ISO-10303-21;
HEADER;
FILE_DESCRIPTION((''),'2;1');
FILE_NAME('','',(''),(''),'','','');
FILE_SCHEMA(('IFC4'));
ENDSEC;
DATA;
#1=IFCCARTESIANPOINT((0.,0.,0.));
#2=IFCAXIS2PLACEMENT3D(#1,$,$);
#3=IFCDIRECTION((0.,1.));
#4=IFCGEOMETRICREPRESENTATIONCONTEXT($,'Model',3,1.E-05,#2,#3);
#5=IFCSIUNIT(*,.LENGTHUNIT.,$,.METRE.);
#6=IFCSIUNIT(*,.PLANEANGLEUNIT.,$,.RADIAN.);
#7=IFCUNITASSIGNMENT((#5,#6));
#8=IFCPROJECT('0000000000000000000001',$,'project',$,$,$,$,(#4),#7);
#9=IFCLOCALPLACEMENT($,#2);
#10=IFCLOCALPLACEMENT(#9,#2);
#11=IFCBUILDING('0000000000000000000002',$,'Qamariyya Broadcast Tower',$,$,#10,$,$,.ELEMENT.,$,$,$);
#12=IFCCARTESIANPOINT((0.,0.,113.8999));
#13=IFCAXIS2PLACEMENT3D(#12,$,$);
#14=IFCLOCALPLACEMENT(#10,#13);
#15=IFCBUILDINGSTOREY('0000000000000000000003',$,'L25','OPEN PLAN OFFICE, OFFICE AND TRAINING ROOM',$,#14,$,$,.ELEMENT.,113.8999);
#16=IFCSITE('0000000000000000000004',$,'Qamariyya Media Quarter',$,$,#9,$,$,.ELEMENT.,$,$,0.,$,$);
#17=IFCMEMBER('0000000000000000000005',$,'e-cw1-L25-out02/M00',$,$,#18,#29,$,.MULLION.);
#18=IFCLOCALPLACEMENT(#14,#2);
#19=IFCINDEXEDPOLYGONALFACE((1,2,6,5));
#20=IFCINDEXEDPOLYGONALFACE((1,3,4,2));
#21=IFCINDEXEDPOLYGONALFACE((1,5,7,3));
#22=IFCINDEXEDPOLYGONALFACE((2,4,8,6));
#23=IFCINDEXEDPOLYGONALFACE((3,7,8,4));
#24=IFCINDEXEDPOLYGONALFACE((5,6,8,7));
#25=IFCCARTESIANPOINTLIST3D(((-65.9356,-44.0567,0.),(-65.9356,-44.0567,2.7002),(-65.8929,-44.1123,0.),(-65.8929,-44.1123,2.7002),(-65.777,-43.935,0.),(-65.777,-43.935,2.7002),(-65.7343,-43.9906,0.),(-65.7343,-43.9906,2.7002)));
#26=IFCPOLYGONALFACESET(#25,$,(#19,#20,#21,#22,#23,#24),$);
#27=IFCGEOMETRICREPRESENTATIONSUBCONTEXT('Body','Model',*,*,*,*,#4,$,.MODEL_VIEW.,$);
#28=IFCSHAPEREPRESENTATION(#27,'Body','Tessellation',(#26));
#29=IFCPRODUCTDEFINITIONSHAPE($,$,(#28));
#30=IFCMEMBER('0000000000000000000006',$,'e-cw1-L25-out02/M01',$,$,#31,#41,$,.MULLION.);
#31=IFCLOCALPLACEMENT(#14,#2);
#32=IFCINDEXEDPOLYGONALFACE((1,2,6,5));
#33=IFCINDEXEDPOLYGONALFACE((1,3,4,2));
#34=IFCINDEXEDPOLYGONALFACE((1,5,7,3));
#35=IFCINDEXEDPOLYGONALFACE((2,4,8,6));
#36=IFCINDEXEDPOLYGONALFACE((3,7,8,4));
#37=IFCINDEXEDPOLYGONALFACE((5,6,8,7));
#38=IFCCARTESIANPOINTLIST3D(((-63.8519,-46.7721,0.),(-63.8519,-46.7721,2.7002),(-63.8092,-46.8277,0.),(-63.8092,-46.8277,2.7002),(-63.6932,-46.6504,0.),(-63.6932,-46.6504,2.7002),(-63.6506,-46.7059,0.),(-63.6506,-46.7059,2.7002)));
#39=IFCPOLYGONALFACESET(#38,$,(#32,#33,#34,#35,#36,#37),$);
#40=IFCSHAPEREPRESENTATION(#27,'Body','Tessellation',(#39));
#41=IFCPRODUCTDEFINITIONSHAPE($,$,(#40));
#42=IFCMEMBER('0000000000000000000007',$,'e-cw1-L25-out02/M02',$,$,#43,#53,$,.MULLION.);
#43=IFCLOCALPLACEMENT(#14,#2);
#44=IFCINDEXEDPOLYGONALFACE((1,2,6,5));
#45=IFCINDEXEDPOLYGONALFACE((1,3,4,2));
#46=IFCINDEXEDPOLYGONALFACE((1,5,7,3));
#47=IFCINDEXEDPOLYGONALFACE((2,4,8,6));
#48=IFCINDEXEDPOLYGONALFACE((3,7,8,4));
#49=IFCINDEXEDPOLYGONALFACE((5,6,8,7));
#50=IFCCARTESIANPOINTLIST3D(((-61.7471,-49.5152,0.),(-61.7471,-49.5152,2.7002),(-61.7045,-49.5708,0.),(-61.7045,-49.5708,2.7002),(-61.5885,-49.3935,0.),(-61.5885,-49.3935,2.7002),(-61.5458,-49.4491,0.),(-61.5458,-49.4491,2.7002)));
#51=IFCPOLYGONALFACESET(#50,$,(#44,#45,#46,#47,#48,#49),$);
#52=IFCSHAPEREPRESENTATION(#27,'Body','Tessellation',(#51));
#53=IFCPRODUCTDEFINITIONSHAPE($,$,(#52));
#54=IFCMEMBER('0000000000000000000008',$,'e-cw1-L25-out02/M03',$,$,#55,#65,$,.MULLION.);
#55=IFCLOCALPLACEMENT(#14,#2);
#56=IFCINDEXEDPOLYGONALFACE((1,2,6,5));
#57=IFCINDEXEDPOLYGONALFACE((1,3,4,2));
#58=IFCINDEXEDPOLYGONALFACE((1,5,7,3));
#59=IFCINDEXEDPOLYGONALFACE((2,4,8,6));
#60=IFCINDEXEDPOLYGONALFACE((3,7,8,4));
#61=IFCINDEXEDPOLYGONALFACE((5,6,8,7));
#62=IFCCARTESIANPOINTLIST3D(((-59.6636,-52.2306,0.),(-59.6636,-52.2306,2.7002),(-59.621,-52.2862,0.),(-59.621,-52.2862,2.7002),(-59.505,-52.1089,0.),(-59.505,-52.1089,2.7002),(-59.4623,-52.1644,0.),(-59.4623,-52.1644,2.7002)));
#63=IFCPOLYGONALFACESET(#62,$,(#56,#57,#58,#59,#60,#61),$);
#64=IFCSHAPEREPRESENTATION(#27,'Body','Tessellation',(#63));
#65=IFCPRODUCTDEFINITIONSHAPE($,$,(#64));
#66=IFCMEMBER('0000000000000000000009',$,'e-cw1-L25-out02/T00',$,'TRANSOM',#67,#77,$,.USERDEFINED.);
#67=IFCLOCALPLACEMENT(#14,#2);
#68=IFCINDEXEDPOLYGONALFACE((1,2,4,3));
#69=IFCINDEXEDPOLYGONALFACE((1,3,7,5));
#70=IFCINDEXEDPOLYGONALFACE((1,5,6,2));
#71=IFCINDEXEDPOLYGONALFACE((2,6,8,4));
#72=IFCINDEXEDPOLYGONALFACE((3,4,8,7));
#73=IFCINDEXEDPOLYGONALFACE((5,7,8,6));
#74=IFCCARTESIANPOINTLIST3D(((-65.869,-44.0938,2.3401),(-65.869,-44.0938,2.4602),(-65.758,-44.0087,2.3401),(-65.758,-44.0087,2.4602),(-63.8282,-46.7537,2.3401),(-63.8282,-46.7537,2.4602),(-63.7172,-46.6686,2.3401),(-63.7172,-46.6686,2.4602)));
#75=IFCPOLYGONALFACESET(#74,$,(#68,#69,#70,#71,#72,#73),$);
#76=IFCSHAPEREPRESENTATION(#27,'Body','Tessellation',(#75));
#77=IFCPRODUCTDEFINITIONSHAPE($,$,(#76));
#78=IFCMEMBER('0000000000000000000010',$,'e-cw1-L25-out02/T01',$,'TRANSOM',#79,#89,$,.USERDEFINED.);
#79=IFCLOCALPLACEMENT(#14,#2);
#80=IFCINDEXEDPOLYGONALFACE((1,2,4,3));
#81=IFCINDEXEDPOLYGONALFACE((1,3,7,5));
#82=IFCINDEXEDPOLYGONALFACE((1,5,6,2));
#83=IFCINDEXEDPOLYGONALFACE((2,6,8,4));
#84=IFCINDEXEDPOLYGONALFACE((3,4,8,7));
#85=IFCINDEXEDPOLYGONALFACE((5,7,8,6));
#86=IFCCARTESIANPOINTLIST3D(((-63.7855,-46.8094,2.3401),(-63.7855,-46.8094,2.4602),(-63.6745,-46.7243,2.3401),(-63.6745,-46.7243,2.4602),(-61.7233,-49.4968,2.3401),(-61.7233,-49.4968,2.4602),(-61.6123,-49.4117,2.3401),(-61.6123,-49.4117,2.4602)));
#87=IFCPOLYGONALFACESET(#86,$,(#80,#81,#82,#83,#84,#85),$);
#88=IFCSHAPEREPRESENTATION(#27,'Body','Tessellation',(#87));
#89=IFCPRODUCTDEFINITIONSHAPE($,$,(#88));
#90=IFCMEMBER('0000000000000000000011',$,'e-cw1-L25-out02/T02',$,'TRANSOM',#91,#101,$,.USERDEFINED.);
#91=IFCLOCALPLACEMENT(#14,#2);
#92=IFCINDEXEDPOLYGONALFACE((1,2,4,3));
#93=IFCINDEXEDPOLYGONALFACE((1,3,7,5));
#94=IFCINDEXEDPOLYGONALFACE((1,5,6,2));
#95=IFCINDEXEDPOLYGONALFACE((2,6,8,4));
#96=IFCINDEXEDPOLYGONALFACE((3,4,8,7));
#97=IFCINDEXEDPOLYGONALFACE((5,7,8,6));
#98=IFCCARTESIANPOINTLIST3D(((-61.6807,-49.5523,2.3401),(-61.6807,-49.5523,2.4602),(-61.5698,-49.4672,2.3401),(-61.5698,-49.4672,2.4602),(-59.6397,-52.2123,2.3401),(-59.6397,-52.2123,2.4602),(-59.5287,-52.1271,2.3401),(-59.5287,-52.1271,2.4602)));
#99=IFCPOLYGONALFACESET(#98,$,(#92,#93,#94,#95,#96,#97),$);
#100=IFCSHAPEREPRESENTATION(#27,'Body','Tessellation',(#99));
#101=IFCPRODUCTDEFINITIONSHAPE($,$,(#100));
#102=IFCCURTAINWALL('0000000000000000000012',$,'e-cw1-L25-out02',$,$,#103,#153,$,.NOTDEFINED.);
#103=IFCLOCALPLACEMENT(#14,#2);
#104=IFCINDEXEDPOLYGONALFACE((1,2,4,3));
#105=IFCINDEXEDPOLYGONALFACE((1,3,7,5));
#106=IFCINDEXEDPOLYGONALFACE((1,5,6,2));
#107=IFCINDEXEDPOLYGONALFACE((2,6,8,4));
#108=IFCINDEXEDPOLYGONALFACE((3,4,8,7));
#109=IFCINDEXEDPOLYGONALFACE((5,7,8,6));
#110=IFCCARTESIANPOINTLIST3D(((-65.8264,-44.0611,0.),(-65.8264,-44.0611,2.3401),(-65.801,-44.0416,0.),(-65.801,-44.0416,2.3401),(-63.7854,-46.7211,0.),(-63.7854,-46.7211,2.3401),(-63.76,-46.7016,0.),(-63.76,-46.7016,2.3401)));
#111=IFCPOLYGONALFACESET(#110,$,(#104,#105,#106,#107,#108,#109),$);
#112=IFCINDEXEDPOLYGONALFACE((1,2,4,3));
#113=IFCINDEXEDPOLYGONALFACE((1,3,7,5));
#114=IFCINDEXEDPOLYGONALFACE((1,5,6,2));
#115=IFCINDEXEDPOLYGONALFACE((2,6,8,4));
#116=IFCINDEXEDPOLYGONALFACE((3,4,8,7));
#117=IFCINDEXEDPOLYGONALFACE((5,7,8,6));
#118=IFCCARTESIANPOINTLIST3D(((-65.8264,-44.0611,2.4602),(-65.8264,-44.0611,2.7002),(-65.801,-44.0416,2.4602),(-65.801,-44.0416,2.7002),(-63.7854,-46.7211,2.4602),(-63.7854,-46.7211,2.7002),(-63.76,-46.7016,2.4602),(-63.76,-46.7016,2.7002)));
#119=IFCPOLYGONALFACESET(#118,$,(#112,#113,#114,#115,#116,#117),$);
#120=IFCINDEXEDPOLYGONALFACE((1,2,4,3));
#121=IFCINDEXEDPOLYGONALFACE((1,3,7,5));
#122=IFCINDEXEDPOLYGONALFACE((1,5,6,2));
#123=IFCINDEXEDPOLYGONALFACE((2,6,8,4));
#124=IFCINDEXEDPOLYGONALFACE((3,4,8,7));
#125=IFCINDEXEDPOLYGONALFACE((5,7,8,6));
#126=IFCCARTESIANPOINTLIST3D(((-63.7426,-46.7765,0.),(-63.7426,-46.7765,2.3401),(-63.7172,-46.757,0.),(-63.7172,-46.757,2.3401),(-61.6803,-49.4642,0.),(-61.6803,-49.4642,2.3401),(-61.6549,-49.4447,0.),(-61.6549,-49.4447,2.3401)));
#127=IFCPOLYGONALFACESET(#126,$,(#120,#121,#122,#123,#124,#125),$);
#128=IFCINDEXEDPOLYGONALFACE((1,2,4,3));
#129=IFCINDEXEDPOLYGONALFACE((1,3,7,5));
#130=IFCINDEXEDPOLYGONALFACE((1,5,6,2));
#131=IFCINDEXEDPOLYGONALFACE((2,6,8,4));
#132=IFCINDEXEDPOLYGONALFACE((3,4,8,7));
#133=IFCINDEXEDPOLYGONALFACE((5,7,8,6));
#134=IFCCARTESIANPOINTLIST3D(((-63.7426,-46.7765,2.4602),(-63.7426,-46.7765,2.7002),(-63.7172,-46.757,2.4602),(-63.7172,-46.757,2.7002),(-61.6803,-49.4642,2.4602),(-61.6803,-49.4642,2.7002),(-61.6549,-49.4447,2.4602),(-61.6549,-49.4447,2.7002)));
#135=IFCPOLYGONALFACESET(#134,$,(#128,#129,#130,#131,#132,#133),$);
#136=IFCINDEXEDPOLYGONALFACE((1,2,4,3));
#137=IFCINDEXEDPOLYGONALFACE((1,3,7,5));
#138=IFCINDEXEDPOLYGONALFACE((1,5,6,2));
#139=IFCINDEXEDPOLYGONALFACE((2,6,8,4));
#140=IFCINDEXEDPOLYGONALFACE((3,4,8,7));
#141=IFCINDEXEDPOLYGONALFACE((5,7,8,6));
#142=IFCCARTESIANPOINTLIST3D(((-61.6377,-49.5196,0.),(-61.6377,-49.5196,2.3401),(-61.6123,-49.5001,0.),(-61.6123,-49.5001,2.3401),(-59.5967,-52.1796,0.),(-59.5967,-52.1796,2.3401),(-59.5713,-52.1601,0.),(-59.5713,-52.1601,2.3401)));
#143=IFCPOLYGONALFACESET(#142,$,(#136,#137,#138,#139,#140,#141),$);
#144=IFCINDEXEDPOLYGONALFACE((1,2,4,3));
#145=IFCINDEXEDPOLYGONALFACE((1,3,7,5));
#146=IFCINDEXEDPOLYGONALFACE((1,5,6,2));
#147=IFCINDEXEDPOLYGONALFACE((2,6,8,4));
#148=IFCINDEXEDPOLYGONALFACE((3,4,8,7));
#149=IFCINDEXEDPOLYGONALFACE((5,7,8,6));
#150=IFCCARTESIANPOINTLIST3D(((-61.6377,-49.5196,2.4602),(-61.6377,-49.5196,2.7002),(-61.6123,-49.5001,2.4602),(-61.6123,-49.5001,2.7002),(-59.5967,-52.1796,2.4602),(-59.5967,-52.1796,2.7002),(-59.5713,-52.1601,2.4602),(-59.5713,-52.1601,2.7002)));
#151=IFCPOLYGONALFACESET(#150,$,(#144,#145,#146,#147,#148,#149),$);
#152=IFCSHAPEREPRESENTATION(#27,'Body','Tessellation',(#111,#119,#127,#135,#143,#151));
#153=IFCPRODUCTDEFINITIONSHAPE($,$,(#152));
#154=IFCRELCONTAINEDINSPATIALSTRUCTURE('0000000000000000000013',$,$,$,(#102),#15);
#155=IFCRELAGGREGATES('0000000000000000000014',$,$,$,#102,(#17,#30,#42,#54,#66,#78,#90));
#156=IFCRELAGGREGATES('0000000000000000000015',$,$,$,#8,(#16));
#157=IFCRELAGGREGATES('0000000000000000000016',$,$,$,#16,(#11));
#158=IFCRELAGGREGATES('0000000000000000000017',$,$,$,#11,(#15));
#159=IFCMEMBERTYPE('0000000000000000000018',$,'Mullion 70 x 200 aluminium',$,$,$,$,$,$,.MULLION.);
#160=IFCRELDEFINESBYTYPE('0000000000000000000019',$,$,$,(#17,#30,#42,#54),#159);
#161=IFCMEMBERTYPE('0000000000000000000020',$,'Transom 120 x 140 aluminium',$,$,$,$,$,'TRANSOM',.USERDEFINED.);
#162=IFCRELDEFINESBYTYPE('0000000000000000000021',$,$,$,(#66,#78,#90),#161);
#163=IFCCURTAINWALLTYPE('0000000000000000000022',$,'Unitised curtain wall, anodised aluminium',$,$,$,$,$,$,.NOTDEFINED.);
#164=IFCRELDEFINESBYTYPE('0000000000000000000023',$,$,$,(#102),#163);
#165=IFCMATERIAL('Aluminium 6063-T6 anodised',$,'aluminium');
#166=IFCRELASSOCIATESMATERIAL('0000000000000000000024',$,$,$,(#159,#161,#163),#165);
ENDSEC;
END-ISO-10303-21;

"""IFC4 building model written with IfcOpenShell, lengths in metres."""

from ifc_helpers import new_model, si_unit, direction, frame, origin, origin_2d, place, context, subcontext, project, spatial, rectangle, extrude, material, material_profile, profile_set, type_object, element, aggregate, save


model = new_model("IFC4")

# Units and contexts
model_context = context("Model", 3, precision=1e-05, world=origin(), true_north=direction((0.0, 1.0)))
body_context = subcontext(model_context, "Body", "Model", "MODEL_VIEW")
ifc_project = project(units=[si_unit("LENGTHUNIT", "METRE"), si_unit("PLANEANGLEUNIT", "RADIAN")], contexts=[model_context])

# Members
ifc_material = material(Name="Aluminium 6063-T6 anodised", Category="aluminium")
ifc_material_profile_1 = material_profile(ifc_material, rectangle(XDim=0.2, YDim=0.0701, at=origin_2d()))
ifc_profile_set_1 = profile_set([ifc_material_profile_1], Name="Aluminium 6063-T6 anodised")
member_type_1 = type_object("IfcMemberType", Name="Mullion 70 x 200 aluminium", PredefinedType="MULLION", material=ifc_profile_set_1)
site_placement = place(None, origin())
building_placement = place(site_placement, origin())
storey_placement = place(building_placement, frame((0.0, 0.0, 113.8999)))
member_1_placement = place(storey_placement, frame((-65.835, -44.0237, 0.0), z_axis=(0.0, 0.0, 1.0), x_axis=(0.793353, 0.608761, 0.0)))
member_1 = element("IfcMember", 1, at=member_1_placement, type_object=member_type_1, Name="e-cw1-L25-out02/M00", PredefinedType="MULLION", context=body_context, shape_type="SweptSolid", body=[
    extrude(rectangle(XDim=0.2, YDim=0.0701, at=origin_2d()), origin(), (0.0, 0.0, 1.0), 2.7002),
])
member_2_placement = place(storey_placement, frame((-63.7512, -46.739, 0.0), z_axis=(0.0, 0.0, 1.0), x_axis=(0.793353, 0.608761, 0.0)))
member_2 = element("IfcMember", 2, at=member_2_placement, type_object=member_type_1, Name="e-cw1-L25-out02/M01", PredefinedType="MULLION", context=body_context, shape_type="SweptSolid", body=[
    extrude(rectangle(XDim=0.2, YDim=0.0701, at=origin_2d()), origin(), (0.0, 0.0, 1.0), 2.7002),
])
member_3_placement = place(storey_placement, frame((-61.6465, -49.4822, 0.0), z_axis=(0.0, 0.0, 1.0), x_axis=(0.793353, 0.608761, 0.0)))
member_3 = element("IfcMember", 3, at=member_3_placement, type_object=member_type_1, Name="e-cw1-L25-out02/M02", PredefinedType="MULLION", context=body_context, shape_type="SweptSolid", body=[
    extrude(rectangle(XDim=0.2, YDim=0.0701, at=origin_2d()), origin(), (0.0, 0.0, 1.0), 2.7002),
])
member_4_placement = place(storey_placement, frame((-59.563, -52.1975, 0.0), z_axis=(0.0, 0.0, 1.0), x_axis=(0.793353, 0.608761, 0.0)))
member_4 = element("IfcMember", 4, at=member_4_placement, type_object=member_type_1, Name="e-cw1-L25-out02/M03", PredefinedType="MULLION", context=body_context, shape_type="SweptSolid", body=[
    extrude(rectangle(XDim=0.2, YDim=0.0701, at=origin_2d()), origin(), (0.0, 0.0, 1.0), 2.7002),
])
ifc_material_profile_2 = material_profile(ifc_material, rectangle(XDim=0.1399, YDim=0.1201, at=origin_2d()))
ifc_profile_set_2 = profile_set([ifc_material_profile_2], Name="Aluminium 6063-T6 anodised")
member_type_2 = type_object("IfcMemberType", Name="Transom 120 x 140 aluminium", ElementType="TRANSOM", PredefinedType="USERDEFINED", material=ifc_profile_set_2)
member_5_placement = place(storey_placement, frame((-65.8135, -44.0513, 2.4001), z_axis=(0.608714, -0.793389, 0.0), x_axis=(0.793389, 0.608714, 0.0)))
member_5 = element("IfcMember", 5, at=member_5_placement, type_object=member_type_2, Name="e-cw1-L25-out02/T00", ObjectType="TRANSOM", PredefinedType="USERDEFINED", context=body_context, shape_type="SweptSolid", body=[
    extrude(rectangle(XDim=0.1399, YDim=0.1201, at=origin_2d()), origin(), (0.0, 0.0, 1.0), 3.3525),
])
member_6_placement = place(storey_placement, frame((-63.73, -46.7668, 2.4001), z_axis=(0.608773, -0.793344, 0.0), x_axis=(0.793344, 0.608773, 0.0)))
member_6 = element("IfcMember", 6, at=member_6_placement, type_object=member_type_2, Name="e-cw1-L25-out02/T01", ObjectType="TRANSOM", PredefinedType="USERDEFINED", context=body_context, shape_type="SweptSolid", body=[
    extrude(rectangle(XDim=0.1399, YDim=0.1201, at=origin_2d()), origin(), (0.0, 0.0, 1.0), 3.3875),
])
member_7_placement = place(storey_placement, frame((-61.6252, -49.5098, 2.4001), z_axis=(0.60876, -0.793354, 0.0), x_axis=(0.793354, 0.60876, 0.0)))
member_7 = element("IfcMember", 7, at=member_7_placement, type_object=member_type_2, Name="e-cw1-L25-out02/T02", ObjectType="TRANSOM", PredefinedType="USERDEFINED", context=body_context, shape_type="SweptSolid", body=[
    extrude(rectangle(XDim=0.1399, YDim=0.1201, at=origin_2d()), origin(), (0.0, 0.0, 1.0), 3.3528),
])

# Site, building, storey
site = spatial("IfcSite", under=ifc_project, at=site_placement, Name="Qamariyya Media Quarter", CompositionType="ELEMENT", RefElevation=0.0)
building = spatial("IfcBuilding", under=site, at=building_placement, Name="Qamariyya Broadcast Tower", CompositionType="ELEMENT")
storey = spatial("IfcBuildingStorey", under=building, at=storey_placement, Name="L25", Description="OPEN PLAN OFFICE, OFFICE AND TRAINING ROOM", CompositionType="ELEMENT", Elevation=113.8999)

# Curtain wall
curtain_wall_type = type_object("IfcCurtainWallType", Name="Unitised curtain wall, anodised aluminium", PredefinedType="NOTDEFINED", material=ifc_material)
curtain_wall_1_placement = place(storey_placement, origin())
curtain_wall_1 = element("IfcCurtainWall", 8, at=curtain_wall_1_placement, inside=storey, type_object=curtain_wall_type, Name="e-cw1-L25-out02", PredefinedType="NOTDEFINED", context=body_context, shape_type="SweptSolid", body=[
    extrude(rectangle(XDim=3.3528, YDim=0.032, at=origin_2d()), frame((-64.7932, -45.3813, 0.0), x_axis=(0.608761, -0.793354, 0.0)), (0.0, 0.0, 1.0), 2.3401),
    extrude(rectangle(XDim=3.3528, YDim=0.032, at=origin_2d()), frame((-64.7932, -45.3813, 2.4602), x_axis=(0.608761, -0.793354, 0.0)), (0.0, 0.0, 1.0), 0.24),
    extrude(rectangle(XDim=3.3877, YDim=0.032, at=origin_2d()), frame((-62.6987, -48.1106, 0.0), x_axis=(0.608761, -0.793354, 0.0)), (0.0, 0.0, 1.0), 2.3401),
    extrude(rectangle(XDim=3.3877, YDim=0.032, at=origin_2d()), frame((-62.6987, -48.1106, 2.4602), x_axis=(0.608761, -0.793354, 0.0)), (0.0, 0.0, 1.0), 0.24),
    extrude(rectangle(XDim=3.3528, YDim=0.032, at=origin_2d()), frame((-60.6045, -50.8398, 0.0), x_axis=(0.608761, -0.793354, 0.0)), (0.0, 0.0, 1.0), 2.3401),
    extrude(rectangle(XDim=3.3528, YDim=0.032, at=origin_2d()), frame((-60.6045, -50.8398, 2.4602), x_axis=(0.608761, -0.793354, 0.0)), (0.0, 0.0, 1.0), 0.24),
])
aggregate(curtain_wall_1, [member_1, member_2, member_3, member_4, member_5, member_6, member_7])

save(model, "model.ifc")
